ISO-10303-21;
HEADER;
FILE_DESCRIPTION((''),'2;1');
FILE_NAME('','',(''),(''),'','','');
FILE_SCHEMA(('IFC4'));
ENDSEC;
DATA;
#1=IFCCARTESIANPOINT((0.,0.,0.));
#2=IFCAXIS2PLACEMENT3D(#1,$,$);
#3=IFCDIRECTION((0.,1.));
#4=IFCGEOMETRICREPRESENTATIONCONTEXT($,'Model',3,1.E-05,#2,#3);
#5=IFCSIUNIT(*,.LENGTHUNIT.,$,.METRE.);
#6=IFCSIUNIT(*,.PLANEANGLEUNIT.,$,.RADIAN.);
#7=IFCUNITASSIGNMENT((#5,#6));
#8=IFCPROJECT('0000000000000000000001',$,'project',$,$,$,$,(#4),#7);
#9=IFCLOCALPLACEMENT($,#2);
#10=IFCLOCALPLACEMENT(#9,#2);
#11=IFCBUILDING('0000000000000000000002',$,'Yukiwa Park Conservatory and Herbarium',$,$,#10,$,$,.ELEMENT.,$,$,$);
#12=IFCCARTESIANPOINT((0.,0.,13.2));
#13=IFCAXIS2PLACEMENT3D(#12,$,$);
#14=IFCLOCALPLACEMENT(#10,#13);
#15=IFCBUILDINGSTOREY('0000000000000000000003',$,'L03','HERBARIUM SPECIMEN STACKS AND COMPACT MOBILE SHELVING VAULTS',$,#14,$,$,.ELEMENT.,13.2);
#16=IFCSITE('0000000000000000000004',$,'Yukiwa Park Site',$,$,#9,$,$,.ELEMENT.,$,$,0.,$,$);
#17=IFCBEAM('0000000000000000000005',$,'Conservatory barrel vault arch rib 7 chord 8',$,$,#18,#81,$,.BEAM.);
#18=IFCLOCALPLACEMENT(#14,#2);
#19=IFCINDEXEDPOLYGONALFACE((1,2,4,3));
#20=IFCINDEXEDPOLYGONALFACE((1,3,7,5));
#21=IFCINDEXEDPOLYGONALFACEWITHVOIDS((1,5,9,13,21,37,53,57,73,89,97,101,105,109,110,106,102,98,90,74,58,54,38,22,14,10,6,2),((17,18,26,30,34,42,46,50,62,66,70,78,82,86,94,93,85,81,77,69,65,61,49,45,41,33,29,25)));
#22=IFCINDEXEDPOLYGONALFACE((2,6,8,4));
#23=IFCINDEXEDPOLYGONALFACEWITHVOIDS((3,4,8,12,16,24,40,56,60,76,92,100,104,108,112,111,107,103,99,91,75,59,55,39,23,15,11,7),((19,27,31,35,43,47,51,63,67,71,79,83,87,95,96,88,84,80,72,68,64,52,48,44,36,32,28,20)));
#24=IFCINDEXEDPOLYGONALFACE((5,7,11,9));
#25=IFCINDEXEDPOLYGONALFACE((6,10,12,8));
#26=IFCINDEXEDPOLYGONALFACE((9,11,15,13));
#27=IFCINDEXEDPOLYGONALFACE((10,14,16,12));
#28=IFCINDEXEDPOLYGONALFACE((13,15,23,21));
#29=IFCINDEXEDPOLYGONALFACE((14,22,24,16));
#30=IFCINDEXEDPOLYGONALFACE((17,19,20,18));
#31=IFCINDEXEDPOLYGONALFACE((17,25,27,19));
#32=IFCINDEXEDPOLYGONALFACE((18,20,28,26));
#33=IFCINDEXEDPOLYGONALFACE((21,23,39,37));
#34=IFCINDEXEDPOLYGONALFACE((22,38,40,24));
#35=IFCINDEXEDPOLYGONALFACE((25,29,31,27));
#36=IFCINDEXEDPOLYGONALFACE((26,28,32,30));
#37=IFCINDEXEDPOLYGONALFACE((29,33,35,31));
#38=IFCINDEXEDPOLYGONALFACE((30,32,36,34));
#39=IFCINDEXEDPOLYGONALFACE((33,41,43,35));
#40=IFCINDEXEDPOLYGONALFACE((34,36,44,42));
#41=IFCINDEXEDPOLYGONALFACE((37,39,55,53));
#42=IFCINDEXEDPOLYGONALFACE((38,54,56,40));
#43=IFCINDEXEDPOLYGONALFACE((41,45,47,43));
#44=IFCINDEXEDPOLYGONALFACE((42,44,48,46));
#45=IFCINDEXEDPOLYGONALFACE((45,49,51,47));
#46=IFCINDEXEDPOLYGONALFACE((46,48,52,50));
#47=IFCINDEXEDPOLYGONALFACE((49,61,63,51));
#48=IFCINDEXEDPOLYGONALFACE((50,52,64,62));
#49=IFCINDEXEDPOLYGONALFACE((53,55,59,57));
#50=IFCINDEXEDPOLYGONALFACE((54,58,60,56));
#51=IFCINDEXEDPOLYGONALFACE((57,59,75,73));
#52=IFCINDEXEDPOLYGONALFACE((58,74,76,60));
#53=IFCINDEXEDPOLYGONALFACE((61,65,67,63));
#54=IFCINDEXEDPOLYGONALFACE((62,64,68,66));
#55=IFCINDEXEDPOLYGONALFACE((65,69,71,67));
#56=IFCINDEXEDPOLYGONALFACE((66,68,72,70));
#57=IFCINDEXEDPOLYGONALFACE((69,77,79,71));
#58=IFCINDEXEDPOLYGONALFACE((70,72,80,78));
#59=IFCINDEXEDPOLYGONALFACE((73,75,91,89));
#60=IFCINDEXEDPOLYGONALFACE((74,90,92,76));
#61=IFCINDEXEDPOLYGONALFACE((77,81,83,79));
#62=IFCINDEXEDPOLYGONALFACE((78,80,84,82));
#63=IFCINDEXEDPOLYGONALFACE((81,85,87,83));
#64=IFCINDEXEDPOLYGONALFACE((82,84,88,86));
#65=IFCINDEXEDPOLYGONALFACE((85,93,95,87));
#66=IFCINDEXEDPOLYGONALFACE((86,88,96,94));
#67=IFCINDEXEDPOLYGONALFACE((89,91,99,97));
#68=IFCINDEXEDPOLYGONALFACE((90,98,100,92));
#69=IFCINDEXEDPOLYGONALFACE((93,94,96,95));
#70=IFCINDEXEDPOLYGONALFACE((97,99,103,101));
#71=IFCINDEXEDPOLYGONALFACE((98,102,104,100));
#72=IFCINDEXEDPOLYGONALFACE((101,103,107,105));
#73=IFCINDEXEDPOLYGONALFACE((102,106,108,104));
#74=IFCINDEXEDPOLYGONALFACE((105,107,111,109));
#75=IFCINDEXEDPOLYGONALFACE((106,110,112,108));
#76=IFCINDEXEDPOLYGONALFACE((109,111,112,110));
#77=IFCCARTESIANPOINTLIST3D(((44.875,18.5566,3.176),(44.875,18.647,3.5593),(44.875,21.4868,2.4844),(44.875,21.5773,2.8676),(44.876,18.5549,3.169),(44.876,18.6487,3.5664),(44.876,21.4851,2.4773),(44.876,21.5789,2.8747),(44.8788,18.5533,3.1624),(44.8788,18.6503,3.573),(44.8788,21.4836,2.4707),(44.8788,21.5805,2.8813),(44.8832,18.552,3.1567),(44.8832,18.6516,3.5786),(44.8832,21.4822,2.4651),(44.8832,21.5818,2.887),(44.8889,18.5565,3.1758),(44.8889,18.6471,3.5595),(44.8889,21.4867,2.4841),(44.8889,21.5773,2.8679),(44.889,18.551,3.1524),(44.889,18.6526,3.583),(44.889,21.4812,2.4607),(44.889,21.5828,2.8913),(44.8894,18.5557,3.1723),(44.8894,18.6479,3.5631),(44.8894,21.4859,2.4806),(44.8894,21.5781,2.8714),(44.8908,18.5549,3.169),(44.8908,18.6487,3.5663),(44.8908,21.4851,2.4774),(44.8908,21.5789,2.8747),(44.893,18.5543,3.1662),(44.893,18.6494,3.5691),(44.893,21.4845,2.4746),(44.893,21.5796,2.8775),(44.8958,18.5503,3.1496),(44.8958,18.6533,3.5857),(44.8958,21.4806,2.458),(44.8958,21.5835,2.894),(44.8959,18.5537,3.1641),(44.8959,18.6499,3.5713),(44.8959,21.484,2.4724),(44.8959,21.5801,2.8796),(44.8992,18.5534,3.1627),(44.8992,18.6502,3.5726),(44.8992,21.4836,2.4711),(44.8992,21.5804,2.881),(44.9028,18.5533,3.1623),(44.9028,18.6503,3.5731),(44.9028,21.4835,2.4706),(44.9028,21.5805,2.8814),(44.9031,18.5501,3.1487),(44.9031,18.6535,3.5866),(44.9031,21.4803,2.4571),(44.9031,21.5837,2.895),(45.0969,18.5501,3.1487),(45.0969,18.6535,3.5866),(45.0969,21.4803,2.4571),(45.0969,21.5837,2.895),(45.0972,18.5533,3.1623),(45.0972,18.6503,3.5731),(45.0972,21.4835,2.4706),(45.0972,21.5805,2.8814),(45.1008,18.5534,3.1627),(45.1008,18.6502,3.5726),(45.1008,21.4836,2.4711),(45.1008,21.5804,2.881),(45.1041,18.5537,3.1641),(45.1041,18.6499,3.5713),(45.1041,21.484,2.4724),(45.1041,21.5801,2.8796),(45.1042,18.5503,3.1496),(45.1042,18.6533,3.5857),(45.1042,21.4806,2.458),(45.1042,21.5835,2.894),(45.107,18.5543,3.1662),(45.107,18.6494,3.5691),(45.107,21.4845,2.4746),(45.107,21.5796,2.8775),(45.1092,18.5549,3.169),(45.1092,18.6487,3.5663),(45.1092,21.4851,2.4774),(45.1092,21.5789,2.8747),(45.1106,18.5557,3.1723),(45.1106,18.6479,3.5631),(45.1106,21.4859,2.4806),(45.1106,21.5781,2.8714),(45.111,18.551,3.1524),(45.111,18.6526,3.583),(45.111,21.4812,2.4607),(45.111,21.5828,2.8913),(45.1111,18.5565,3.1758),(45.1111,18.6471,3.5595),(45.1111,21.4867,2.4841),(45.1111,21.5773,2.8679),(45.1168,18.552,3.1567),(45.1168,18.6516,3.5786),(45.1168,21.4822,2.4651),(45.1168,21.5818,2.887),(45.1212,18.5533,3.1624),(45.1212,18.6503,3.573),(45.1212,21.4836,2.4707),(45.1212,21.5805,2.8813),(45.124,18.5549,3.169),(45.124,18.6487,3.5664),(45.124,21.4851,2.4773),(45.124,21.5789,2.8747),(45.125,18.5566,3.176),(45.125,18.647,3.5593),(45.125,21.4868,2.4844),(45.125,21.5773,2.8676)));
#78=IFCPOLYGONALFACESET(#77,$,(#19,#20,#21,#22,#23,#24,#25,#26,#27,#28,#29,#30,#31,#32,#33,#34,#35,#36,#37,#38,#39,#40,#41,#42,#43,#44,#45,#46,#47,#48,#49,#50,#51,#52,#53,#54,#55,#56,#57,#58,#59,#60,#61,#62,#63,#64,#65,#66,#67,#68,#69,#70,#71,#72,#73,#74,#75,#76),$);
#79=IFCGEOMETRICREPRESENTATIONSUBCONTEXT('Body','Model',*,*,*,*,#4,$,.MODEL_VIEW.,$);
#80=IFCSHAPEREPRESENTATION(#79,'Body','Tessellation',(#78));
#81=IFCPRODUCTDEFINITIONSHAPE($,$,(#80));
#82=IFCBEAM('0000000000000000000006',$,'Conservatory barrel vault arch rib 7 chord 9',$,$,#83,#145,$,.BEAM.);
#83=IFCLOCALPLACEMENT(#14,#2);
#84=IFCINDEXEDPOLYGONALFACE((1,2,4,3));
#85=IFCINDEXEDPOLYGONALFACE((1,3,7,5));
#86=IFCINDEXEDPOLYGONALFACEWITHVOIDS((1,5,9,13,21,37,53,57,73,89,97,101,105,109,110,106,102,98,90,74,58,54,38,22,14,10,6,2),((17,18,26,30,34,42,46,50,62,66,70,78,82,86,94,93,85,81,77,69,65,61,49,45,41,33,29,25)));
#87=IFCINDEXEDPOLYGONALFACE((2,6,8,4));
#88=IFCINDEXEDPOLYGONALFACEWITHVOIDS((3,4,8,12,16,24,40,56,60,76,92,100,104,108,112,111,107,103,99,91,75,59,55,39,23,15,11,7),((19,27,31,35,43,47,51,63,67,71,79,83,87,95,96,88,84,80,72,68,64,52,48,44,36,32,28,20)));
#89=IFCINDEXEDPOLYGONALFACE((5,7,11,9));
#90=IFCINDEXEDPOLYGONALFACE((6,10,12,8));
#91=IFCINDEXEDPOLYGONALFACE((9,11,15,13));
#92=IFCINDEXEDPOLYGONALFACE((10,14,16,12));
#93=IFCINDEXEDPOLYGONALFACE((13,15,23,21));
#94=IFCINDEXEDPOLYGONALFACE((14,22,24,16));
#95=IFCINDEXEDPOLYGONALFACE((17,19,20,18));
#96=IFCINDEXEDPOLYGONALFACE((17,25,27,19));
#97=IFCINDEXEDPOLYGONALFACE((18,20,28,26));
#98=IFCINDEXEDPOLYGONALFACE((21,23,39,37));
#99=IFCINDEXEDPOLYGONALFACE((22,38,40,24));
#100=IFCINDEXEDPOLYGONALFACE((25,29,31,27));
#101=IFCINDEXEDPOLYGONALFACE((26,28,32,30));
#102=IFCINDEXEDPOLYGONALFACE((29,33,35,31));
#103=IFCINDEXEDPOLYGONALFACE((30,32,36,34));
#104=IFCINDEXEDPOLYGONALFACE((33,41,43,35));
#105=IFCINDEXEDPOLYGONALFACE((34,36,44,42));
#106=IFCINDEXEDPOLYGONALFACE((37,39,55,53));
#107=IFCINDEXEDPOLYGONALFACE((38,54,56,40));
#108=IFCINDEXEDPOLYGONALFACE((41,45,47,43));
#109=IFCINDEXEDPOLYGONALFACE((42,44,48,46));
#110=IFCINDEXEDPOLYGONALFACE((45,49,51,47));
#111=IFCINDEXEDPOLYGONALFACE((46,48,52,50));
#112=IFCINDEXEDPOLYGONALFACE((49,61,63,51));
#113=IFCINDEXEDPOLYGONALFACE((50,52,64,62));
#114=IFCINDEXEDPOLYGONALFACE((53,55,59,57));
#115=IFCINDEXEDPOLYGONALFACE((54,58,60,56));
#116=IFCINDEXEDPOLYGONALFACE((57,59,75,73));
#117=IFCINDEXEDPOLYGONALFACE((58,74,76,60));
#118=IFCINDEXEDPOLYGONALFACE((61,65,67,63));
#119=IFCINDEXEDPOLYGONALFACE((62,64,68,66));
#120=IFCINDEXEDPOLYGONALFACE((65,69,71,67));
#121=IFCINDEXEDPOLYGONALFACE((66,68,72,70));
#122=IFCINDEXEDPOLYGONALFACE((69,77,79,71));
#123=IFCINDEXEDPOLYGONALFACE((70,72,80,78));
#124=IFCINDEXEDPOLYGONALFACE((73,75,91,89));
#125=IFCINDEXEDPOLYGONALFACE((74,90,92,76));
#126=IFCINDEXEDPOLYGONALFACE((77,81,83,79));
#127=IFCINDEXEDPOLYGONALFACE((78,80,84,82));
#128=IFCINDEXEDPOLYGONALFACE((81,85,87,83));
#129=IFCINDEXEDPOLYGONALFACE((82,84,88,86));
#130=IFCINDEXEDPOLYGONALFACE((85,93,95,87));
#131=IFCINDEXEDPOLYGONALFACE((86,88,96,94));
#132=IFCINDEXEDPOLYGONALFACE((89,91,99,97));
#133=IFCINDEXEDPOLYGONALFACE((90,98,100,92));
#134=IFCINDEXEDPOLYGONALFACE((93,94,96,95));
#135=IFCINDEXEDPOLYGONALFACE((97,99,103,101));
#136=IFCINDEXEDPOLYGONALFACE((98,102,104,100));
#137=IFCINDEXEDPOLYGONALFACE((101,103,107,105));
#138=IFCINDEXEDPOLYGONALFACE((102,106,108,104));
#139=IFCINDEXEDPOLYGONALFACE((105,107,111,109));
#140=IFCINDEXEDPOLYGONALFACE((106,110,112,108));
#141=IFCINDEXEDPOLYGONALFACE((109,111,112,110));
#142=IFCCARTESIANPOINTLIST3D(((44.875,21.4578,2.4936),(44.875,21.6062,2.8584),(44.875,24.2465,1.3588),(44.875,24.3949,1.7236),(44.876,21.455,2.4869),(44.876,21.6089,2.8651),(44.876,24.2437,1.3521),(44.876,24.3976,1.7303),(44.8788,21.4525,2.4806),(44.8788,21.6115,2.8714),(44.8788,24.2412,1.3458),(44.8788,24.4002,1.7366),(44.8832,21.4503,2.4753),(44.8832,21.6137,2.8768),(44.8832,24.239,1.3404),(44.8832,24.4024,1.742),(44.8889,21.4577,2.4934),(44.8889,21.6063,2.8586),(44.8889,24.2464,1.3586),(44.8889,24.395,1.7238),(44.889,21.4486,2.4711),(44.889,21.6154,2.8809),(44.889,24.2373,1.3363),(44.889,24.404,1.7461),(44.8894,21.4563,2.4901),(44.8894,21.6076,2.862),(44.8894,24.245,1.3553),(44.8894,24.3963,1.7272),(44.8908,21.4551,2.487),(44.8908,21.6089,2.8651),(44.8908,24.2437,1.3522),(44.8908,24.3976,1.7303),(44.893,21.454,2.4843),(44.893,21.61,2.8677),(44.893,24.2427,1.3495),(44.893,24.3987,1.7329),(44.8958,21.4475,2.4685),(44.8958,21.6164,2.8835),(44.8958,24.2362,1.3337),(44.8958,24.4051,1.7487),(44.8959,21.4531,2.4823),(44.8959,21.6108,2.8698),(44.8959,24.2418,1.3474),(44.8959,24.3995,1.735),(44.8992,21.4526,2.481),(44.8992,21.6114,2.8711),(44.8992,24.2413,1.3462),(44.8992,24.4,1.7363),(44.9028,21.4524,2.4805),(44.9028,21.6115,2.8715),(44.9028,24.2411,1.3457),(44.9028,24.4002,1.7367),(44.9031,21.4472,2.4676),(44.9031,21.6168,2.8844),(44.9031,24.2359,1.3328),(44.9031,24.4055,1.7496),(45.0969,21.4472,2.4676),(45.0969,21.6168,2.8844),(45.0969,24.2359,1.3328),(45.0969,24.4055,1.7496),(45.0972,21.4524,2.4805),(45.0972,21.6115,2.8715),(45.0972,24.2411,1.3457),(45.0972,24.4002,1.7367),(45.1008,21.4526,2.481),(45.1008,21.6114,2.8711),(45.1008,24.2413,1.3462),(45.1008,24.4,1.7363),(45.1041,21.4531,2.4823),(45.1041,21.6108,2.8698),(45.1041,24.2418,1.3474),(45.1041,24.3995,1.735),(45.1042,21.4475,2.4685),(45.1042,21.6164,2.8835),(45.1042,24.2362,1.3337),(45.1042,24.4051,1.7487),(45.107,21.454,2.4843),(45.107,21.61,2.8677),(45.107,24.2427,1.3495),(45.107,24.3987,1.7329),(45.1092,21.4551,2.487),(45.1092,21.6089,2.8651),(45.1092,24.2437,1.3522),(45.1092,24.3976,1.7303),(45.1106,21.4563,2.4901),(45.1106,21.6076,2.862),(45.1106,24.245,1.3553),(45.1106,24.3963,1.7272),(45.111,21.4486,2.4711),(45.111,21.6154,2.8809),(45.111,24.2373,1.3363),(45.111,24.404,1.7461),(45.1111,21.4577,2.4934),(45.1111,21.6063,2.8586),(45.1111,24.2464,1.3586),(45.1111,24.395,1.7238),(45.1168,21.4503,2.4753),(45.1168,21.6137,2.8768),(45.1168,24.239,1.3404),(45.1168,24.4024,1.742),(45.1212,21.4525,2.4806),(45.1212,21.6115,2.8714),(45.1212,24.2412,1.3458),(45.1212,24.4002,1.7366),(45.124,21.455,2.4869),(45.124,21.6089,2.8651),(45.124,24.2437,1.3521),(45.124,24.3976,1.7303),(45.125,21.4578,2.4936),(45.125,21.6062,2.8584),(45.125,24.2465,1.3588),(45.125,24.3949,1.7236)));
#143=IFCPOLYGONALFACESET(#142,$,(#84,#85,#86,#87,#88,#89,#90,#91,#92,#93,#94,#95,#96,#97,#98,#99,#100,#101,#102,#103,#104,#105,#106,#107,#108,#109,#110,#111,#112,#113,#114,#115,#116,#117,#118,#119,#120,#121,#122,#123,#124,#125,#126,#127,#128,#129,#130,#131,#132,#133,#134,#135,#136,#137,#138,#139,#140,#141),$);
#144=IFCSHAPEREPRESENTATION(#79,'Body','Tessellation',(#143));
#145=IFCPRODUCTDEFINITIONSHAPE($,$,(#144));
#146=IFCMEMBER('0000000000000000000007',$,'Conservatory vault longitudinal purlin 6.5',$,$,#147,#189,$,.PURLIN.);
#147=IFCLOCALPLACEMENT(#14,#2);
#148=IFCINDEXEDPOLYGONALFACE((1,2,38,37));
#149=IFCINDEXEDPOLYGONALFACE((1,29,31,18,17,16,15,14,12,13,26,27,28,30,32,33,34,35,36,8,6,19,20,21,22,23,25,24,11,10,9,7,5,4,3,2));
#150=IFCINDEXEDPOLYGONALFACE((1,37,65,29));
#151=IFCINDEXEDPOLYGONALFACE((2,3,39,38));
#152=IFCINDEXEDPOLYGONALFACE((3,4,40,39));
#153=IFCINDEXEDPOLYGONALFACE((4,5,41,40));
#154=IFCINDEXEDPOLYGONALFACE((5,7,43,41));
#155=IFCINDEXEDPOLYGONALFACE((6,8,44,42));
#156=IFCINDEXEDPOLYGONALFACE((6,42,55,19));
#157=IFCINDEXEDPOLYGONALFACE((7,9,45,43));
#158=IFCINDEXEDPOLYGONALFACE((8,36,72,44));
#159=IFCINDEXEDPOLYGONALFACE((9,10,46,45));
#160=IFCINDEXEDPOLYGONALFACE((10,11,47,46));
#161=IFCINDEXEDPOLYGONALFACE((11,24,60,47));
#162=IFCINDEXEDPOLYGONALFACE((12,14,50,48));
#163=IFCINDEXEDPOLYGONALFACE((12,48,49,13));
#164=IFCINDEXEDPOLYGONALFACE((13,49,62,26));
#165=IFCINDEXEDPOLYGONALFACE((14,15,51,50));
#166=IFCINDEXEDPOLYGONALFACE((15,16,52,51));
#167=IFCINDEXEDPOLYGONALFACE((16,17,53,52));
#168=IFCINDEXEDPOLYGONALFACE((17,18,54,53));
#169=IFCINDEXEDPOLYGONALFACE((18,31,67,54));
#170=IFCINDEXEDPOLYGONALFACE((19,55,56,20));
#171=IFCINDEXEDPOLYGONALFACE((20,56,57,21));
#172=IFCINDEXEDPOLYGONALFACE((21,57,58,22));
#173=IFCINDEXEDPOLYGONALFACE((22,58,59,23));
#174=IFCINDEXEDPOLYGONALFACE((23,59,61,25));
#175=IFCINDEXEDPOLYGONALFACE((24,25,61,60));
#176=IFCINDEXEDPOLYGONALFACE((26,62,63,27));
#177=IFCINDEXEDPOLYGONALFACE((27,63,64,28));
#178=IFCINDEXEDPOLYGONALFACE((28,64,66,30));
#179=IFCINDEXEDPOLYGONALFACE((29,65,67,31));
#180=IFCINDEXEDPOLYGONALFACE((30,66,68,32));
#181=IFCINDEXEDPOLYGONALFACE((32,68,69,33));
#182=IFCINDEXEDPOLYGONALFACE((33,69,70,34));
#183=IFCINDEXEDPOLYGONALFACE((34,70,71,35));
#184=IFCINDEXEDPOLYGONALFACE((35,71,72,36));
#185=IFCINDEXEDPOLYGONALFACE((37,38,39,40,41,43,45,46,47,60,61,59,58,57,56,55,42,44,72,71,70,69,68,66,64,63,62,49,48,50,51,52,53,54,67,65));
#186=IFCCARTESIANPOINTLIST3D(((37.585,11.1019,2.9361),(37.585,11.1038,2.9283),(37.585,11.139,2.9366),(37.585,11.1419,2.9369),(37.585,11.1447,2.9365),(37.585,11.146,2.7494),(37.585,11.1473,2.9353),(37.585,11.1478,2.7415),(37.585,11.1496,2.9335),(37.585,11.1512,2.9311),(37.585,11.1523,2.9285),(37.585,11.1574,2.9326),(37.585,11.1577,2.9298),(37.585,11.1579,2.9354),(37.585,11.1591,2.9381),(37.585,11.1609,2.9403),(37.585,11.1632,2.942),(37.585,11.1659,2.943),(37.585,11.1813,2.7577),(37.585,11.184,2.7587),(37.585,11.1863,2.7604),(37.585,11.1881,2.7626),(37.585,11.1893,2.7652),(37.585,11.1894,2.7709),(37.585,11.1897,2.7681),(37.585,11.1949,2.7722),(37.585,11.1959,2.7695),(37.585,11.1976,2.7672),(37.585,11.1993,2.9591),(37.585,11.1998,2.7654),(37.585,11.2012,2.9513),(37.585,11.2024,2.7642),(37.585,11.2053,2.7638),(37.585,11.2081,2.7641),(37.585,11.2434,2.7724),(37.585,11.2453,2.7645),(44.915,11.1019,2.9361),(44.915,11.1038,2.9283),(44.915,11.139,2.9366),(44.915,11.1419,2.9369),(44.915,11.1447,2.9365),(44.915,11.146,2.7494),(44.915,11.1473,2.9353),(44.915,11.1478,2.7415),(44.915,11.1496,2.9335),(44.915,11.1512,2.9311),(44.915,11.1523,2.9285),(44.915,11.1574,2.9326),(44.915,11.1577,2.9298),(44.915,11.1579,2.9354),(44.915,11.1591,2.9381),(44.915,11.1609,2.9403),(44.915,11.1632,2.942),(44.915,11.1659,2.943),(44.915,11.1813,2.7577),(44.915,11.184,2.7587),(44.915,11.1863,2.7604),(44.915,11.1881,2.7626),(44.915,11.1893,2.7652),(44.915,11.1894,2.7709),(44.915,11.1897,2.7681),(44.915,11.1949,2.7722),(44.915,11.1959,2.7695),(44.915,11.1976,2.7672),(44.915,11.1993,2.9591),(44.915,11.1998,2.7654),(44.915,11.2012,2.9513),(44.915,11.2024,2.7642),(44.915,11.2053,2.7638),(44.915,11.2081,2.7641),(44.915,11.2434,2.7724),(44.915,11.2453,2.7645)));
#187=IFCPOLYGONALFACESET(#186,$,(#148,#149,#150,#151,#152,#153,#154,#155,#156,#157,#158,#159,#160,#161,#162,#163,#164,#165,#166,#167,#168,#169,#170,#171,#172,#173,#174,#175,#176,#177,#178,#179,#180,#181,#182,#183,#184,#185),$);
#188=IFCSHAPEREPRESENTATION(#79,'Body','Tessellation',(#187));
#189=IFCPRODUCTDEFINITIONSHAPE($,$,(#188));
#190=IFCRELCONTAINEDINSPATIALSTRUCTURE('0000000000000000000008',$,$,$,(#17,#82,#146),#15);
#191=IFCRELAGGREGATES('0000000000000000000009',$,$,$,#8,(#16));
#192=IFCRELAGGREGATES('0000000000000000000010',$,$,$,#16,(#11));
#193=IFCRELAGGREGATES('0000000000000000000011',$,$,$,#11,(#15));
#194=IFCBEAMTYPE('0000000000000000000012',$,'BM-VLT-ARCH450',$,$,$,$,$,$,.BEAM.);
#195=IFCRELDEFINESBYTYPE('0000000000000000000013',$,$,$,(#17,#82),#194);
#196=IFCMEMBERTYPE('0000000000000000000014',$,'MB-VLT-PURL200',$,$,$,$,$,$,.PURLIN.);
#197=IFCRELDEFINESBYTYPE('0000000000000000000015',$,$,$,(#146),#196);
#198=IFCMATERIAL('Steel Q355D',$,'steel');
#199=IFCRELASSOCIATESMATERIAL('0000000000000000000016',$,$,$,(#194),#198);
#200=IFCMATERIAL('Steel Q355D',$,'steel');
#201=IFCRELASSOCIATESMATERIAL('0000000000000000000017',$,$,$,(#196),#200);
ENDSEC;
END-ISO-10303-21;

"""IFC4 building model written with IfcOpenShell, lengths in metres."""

from ifc_helpers import new_model, si_unit, direction, frame, origin, origin_2d, place, context, subcontext, project, spatial, hollow_rectangle, i_section, extrude, material, material_profile, profile_set, type_object, element, save


model = new_model("IFC4")

# Units and contexts
model_context = context("Model", 3, precision=1e-05, world=origin(), true_north=direction((0.0, 1.0)))
body_context = subcontext(model_context, "Body", "Model", "MODEL_VIEW")
ifc_project = project(units=[si_unit("LENGTHUNIT", "METRE"), si_unit("PLANEANGLEUNIT", "RADIAN")], contexts=[model_context])

# Site, building, storey
site_placement = place(None, origin())
site = spatial("IfcSite", under=ifc_project, at=site_placement, Name="Yukiwa Park Site", CompositionType="ELEMENT", RefElevation=0.0)
building_placement = place(site_placement, origin())
building = spatial("IfcBuilding", under=site, at=building_placement, Name="Yukiwa Park Conservatory and Herbarium", CompositionType="ELEMENT")
storey_placement = place(building_placement, frame((0.0, 0.0, 13.2)))
storey = spatial("IfcBuildingStorey", under=building, at=storey_placement, Name="L03", Description="HERBARIUM SPECIMEN STACKS AND COMPACT MOBILE SHELVING VAULTS", CompositionType="ELEMENT", Elevation=13.2)

# Beams
ifc_material_1 = material(Name="Steel Q355D", Category="steel")
ifc_material_profile_1 = material_profile(ifc_material_1, hollow_rectangle(XDim=0.25, YDim=0.45, WallThickness=0.0139, InnerFilletRadius=0.0139, OuterFilletRadius=0.0281, at=origin_2d()), Name="RHS 450x250x14")
ifc_profile_set_1 = profile_set([ifc_material_profile_1], Name="Steel Q355D")
beam_type = type_object("IfcBeamType", Name="BM-VLT-ARCH450", PredefinedType="BEAM", material=ifc_profile_set_1)
for number, where, z_axis, x_axis, name in (
    (1, (45.0, 18.6018, 3.3677), (0.0, 0.973254, -0.229731), (-1.0, 0.0, 0.0), "Conservatory barrel vault arch rib 7 chord 8"),
    (2, (45.0, 21.532, 2.676), (0.0, 0.926246, -0.376921), (-1.0, 0.0, 0.0), "Conservatory barrel vault arch rib 7 chord 9"),
):
    element("IfcBeam", number, at=place(storey_placement, frame(where, z_axis=z_axis, x_axis=x_axis)), inside=storey, type_object=beam_type, Name=name, PredefinedType="BEAM", context=body_context, shape_type="SweptSolid", body=[
        extrude(hollow_rectangle(XDim=0.25, YDim=0.45, WallThickness=0.0139, InnerFilletRadius=0.0139, OuterFilletRadius=0.0281, at=origin_2d()), origin(), (0.0, 0.0, 1.0), 3.0107),
    ])

# Member
ifc_material_2 = material(Name="Steel Q355D", Category="steel")
ifc_material_profile_2 = material_profile(ifc_material_2, i_section(OverallWidth=0.1001, OverallDepth=0.2, WebThickness=0.0056, FlangeThickness=0.0081, FilletRadius=0.011, at=origin_2d()), Name="HN 200x100x5.5x8")
ifc_profile_set_2 = profile_set([ifc_material_profile_2], Name="Steel Q355D")
member_type_1 = type_object("IfcMemberType", Name="MB-VLT-PURL200", PredefinedType="PURLIN", material=ifc_profile_set_2)
for number, where, z_axis, x_axis, name in (
    (3, (37.585, 11.1736, 2.8503), (1.0, 0.0, 0.0), (0.0, 0.973249, 0.229752), "Conservatory vault longitudinal purlin 6.5"),
):
    element("IfcMember", number, at=place(storey_placement, frame(where, z_axis=z_axis, x_axis=x_axis)), inside=storey, type_object=member_type_1, Name=name, PredefinedType="PURLIN", context=body_context, shape_type="SweptSolid", body=[
        extrude(i_section(OverallWidth=0.1001, OverallDepth=0.2, WebThickness=0.0056, FlangeThickness=0.0081, FilletRadius=0.011, at=origin_2d()), origin(), (0.0, 0.0, 1.0), 7.3301),
    ])

save(model, "model.ifc")
